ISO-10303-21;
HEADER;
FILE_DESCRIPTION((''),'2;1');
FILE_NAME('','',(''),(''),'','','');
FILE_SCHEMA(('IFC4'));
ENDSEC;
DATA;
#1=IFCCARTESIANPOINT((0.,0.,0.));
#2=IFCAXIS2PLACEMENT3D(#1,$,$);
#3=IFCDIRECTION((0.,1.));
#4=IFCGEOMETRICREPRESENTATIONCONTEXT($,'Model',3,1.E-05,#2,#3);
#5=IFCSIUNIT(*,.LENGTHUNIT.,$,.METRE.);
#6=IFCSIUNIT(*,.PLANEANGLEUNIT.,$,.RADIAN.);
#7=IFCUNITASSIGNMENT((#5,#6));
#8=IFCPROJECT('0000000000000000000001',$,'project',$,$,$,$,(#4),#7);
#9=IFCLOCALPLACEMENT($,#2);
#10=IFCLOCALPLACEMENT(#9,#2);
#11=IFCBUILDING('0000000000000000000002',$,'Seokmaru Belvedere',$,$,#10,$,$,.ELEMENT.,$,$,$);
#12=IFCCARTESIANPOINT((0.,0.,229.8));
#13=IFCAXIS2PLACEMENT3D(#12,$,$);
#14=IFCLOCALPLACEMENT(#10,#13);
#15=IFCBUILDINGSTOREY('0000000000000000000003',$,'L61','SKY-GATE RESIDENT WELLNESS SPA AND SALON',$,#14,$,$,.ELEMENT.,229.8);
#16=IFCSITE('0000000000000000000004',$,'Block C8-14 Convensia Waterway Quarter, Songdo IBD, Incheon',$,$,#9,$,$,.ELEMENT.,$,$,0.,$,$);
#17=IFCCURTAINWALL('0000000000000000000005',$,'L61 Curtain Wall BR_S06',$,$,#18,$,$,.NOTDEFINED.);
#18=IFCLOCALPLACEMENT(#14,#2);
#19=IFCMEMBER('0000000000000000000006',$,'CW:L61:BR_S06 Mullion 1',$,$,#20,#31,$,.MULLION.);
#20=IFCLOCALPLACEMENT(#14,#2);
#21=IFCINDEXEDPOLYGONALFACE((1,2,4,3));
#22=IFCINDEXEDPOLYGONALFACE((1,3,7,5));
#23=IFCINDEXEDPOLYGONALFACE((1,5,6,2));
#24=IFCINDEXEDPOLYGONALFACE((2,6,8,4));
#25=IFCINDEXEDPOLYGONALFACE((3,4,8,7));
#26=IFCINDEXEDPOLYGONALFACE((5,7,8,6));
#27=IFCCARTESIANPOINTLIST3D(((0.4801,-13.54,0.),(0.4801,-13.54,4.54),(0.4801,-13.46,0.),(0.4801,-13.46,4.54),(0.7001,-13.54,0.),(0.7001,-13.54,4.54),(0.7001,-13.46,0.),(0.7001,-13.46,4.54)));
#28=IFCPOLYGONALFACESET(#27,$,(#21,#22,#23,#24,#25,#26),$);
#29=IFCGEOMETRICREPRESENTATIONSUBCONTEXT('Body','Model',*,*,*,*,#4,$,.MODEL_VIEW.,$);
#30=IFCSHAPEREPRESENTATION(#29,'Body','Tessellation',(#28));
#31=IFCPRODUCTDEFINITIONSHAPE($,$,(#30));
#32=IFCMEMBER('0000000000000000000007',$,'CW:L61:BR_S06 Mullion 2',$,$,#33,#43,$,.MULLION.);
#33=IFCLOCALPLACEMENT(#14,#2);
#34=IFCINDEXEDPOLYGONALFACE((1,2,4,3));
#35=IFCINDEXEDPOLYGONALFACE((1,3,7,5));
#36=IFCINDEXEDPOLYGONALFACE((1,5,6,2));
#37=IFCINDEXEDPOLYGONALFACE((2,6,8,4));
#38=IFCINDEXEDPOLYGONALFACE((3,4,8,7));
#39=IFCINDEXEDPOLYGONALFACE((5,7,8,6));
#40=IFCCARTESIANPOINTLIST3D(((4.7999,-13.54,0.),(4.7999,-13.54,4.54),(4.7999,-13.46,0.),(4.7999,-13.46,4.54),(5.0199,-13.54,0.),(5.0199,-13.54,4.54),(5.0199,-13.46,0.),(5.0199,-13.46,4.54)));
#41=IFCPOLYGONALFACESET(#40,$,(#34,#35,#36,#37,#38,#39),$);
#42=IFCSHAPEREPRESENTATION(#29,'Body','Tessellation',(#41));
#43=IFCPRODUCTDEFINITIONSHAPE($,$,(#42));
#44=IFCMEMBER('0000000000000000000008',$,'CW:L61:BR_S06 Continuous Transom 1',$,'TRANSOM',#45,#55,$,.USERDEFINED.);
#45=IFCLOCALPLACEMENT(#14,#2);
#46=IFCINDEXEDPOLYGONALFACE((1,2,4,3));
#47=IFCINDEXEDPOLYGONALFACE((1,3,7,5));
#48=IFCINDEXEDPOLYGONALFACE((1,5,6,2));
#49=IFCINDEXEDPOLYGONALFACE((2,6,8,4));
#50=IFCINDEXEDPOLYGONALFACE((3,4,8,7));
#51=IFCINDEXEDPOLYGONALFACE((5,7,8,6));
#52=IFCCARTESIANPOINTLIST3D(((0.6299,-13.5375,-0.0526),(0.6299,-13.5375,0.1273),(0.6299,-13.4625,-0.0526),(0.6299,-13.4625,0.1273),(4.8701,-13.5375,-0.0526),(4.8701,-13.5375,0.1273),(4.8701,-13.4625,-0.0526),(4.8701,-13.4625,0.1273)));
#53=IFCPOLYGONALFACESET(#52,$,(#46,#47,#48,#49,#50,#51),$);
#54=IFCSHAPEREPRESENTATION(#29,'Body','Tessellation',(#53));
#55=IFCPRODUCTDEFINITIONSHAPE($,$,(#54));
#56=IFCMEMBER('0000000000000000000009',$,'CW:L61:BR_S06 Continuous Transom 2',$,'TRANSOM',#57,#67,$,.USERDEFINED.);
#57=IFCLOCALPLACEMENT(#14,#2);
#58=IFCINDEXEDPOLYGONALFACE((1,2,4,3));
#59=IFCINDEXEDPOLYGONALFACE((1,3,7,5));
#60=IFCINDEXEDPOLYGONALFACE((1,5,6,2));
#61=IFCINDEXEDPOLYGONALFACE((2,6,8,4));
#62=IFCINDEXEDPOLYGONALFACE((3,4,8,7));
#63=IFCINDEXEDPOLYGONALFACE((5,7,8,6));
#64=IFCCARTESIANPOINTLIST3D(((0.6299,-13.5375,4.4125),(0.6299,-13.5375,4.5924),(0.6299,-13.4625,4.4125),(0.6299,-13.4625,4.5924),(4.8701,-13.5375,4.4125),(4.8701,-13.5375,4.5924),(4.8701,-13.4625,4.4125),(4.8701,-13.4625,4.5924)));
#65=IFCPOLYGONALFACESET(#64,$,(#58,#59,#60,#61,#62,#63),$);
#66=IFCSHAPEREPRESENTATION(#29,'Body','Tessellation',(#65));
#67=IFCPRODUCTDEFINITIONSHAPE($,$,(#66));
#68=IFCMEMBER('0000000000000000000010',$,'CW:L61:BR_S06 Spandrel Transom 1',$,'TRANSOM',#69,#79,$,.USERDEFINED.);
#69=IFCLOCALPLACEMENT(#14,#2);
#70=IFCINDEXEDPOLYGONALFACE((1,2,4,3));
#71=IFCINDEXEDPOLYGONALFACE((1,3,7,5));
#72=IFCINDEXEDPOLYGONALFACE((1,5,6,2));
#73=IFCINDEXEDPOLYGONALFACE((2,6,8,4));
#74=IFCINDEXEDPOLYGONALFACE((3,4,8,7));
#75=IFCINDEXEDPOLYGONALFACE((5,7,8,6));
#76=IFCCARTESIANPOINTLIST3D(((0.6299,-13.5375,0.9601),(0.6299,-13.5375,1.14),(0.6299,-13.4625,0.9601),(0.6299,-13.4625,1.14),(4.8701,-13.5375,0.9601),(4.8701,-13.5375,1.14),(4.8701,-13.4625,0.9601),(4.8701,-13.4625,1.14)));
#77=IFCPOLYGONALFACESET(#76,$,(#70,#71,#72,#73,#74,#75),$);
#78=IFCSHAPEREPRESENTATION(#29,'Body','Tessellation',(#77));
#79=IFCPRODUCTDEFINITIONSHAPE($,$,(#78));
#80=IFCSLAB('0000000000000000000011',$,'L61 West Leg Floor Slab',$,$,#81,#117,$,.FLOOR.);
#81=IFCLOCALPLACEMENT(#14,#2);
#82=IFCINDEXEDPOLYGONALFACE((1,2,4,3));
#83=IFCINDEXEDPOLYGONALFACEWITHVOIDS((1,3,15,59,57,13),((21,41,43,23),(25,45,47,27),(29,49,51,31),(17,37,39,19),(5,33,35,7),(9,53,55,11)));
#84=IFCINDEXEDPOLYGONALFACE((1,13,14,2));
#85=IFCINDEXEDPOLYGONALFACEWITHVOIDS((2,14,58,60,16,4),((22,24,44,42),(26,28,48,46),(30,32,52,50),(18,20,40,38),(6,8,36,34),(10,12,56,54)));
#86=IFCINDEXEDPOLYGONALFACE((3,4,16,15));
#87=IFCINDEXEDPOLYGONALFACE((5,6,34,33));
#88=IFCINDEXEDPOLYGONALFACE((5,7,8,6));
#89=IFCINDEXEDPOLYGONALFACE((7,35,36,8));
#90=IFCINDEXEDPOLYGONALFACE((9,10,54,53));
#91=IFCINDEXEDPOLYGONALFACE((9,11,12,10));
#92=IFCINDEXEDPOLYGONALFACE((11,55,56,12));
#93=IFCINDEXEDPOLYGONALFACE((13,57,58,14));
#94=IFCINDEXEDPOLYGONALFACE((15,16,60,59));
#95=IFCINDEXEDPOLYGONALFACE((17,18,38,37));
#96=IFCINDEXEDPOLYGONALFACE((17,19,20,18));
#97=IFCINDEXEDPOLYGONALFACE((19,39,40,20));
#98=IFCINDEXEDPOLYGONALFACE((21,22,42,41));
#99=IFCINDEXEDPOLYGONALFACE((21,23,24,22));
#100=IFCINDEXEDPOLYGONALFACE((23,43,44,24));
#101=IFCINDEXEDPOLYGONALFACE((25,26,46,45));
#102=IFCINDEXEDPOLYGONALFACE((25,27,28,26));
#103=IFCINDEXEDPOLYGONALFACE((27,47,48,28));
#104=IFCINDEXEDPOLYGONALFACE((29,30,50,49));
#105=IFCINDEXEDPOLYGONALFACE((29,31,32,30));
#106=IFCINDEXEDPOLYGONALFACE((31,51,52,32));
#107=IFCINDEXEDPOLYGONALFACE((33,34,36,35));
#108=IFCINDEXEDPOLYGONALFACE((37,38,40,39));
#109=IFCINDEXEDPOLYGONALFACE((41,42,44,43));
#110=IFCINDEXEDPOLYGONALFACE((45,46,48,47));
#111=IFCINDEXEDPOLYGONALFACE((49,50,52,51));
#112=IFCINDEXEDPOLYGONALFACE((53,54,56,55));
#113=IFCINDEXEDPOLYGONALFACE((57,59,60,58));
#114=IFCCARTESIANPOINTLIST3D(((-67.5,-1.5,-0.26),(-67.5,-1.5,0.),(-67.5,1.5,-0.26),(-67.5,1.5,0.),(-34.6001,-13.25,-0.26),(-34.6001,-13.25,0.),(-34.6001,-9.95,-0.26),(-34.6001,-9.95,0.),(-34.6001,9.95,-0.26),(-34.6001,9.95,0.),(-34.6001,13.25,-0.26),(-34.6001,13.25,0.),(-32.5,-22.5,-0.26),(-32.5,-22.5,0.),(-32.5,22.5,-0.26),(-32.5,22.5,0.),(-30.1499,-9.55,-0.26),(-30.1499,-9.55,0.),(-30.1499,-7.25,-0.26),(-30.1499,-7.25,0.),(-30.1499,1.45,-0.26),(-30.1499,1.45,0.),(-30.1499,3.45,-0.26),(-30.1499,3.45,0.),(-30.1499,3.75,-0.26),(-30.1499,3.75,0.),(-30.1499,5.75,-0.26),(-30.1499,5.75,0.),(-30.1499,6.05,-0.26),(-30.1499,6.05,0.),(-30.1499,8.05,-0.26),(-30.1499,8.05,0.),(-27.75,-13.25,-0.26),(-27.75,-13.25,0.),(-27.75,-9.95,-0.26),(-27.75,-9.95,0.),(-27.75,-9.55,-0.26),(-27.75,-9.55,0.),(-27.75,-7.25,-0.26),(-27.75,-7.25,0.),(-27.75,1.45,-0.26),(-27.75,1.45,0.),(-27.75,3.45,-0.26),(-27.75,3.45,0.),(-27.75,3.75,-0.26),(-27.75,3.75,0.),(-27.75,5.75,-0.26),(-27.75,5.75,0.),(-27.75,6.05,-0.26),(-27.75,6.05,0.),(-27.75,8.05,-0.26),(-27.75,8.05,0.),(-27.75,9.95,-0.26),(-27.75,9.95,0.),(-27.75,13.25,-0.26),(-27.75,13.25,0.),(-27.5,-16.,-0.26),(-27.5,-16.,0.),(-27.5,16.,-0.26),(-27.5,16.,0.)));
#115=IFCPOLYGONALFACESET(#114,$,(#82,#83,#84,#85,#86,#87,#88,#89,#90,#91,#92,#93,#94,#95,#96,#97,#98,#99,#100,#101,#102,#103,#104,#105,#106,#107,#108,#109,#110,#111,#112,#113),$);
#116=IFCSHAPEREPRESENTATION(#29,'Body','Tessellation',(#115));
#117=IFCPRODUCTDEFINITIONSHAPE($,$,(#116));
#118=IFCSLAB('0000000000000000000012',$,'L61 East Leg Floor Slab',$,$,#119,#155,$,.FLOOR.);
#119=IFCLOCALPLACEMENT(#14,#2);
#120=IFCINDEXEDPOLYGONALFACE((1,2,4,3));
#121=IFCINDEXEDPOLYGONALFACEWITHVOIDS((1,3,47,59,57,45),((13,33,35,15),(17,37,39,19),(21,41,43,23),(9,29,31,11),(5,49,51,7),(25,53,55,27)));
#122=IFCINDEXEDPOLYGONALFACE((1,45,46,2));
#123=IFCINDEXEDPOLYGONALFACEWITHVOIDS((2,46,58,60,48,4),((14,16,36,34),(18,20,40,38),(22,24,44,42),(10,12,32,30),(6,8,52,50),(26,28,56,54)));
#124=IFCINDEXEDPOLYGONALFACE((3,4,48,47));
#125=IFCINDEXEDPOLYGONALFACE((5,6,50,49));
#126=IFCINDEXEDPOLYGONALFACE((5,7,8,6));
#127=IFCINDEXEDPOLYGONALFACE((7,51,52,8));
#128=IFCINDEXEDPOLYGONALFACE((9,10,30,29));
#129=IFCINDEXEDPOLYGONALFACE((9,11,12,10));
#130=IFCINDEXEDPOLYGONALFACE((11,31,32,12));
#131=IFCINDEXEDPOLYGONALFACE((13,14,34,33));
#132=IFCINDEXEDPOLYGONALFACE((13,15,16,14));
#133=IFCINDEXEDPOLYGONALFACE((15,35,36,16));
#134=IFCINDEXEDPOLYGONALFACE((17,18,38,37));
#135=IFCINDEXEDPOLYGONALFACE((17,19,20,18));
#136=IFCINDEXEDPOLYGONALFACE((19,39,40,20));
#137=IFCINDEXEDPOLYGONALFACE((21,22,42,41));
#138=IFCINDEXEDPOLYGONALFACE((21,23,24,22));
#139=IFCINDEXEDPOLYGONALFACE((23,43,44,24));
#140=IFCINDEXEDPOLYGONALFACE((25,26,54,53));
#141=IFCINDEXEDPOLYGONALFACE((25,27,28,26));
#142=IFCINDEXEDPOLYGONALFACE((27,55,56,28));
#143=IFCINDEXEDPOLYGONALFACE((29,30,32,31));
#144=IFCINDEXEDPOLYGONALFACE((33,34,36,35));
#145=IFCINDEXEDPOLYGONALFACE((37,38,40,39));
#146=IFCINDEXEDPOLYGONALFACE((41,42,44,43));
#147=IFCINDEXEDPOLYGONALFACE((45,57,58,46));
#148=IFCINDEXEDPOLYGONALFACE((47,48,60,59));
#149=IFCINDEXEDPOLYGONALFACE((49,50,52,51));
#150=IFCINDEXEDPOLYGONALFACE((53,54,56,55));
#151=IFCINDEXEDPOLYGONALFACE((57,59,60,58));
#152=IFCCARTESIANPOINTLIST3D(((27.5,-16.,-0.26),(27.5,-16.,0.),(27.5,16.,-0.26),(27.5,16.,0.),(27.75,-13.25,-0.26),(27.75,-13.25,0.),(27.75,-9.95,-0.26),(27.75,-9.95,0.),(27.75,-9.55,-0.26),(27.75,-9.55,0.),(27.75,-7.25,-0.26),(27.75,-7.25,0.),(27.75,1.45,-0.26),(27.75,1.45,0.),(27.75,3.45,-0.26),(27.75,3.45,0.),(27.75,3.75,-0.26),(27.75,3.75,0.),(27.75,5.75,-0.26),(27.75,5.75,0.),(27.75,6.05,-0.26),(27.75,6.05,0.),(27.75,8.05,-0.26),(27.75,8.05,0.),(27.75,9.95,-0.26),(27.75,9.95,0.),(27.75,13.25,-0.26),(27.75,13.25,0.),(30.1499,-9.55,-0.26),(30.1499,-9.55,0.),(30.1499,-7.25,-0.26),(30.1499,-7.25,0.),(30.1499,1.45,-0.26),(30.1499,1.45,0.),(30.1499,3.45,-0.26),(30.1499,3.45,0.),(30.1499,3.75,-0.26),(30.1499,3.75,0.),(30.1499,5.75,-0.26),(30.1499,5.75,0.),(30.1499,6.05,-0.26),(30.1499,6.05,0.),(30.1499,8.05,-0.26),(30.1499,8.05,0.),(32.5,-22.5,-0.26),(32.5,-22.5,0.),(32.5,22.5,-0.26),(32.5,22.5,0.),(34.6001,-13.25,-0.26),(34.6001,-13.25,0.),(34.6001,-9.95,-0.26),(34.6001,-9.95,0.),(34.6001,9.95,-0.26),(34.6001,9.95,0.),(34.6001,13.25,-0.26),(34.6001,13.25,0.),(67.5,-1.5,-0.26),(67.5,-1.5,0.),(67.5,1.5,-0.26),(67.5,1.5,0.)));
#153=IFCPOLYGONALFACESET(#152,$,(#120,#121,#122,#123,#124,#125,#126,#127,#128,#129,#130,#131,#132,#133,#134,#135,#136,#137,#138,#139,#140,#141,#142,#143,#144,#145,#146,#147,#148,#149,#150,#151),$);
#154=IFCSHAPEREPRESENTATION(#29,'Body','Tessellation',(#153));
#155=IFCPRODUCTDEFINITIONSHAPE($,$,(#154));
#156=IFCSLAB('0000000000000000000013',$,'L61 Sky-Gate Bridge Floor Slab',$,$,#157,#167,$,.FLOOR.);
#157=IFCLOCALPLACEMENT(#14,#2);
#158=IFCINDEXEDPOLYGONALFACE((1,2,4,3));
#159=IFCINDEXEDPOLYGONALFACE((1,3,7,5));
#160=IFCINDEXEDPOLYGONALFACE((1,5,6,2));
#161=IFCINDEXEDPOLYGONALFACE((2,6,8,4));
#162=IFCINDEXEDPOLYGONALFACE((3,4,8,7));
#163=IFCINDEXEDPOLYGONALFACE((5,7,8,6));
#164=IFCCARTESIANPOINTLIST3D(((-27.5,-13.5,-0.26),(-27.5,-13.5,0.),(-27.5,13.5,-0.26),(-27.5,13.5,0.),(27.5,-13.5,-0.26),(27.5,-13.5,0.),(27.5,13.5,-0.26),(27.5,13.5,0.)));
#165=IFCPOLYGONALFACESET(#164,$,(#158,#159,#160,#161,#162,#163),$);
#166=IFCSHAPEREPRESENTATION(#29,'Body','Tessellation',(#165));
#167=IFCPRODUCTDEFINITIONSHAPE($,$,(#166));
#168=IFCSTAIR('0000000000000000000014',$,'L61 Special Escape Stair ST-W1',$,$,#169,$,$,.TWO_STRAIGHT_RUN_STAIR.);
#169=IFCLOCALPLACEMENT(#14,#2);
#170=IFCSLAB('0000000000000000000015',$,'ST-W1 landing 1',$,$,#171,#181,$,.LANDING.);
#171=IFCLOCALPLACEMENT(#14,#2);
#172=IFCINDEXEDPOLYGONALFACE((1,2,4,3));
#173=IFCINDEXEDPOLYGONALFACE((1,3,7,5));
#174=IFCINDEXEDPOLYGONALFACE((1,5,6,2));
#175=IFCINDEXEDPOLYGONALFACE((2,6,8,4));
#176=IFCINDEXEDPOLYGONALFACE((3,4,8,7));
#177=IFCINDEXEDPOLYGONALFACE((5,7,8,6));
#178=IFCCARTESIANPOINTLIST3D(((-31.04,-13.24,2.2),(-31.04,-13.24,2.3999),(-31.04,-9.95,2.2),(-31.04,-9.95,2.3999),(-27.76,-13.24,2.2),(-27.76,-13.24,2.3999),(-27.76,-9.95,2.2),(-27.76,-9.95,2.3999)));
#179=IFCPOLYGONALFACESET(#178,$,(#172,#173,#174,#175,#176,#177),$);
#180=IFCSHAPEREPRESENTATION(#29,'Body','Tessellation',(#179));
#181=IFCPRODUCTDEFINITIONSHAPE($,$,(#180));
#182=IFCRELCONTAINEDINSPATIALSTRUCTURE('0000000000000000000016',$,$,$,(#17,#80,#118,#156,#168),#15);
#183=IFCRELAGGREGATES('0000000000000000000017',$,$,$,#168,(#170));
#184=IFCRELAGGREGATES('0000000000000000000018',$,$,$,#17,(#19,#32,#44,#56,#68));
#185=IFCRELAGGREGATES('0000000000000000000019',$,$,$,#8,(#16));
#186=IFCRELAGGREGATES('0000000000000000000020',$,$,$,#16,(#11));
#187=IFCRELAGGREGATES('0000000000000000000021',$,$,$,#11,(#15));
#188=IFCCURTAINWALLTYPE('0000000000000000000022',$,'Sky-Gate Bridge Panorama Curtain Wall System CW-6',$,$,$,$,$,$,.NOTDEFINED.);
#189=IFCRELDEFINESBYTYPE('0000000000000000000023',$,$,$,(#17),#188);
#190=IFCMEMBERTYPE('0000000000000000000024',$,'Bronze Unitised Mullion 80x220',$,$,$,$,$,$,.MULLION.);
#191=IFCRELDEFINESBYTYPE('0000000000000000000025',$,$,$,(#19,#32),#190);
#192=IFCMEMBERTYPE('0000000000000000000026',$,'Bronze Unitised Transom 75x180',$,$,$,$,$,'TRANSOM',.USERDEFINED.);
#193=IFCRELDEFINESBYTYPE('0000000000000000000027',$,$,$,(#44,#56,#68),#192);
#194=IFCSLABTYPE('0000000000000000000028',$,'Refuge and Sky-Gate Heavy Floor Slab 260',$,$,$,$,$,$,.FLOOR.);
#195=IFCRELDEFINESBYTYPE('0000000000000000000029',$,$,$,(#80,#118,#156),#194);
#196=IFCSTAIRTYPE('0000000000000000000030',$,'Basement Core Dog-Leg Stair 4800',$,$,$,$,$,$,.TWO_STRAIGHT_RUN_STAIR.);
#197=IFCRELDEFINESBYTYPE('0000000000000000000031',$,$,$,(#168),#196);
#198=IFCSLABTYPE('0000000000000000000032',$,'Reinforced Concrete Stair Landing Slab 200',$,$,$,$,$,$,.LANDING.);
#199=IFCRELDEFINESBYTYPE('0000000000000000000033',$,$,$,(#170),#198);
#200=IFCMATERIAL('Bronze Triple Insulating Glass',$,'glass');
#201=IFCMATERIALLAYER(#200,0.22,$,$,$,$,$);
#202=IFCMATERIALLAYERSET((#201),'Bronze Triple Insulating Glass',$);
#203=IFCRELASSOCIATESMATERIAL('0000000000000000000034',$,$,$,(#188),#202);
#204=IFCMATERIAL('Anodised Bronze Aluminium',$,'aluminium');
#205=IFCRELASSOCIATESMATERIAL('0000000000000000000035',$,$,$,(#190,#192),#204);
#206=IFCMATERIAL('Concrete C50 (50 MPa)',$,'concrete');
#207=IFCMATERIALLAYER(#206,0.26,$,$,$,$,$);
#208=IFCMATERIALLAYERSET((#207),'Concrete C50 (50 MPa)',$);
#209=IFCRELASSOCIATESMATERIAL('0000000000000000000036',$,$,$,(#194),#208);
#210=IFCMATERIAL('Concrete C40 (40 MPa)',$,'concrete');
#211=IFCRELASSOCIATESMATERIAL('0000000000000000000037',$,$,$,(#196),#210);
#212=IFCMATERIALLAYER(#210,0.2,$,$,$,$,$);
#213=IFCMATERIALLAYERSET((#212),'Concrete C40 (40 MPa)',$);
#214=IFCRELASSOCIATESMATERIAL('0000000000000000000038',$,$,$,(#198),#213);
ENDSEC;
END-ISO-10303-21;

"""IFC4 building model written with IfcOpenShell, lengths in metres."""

from ifc_helpers import new_model, si_unit, direction, frame, origin, origin_2d, place, context, subcontext, project, spatial, polyline, rectangle, outline, extrude, source, transform, mapped, material, layer, layer_set, material_profile, profile_set, type_object, type_shapes, element, aggregate, save


model = new_model("IFC4")

# Units and contexts
model_context = context("Model", 3, precision=1e-05, world=origin(), true_north=direction((0.0, 1.0)))
body_context = subcontext(model_context, "Body", "Model", "MODEL_VIEW")
ifc_project = project(units=[si_unit("LENGTHUNIT", "METRE"), si_unit("PLANEANGLEUNIT", "RADIAN")], contexts=[model_context])

# Site, building, storey
site_placement = place(None, origin())
site = spatial("IfcSite", under=ifc_project, at=site_placement, Name="Block C8-14 Convensia Waterway Quarter, Songdo IBD, Incheon", CompositionType="ELEMENT", RefElevation=0.0)
building_placement = place(site_placement, origin())
building = spatial("IfcBuilding", under=site, at=building_placement, Name="Seokmaru Belvedere", CompositionType="ELEMENT")
storey_placement = place(building_placement, frame((0.0, 0.0, 229.8)))
storey = spatial("IfcBuildingStorey", under=building, at=storey_placement, Name="L61", Description="SKY-GATE RESIDENT WELLNESS SPA AND SALON", CompositionType="ELEMENT", Elevation=229.8)

# Curtain wall, members
ifc_material_1 = material(Name="Bronze Triple Insulating Glass", Category="glass")
ifc_layer_1 = layer(ifc_material_1, 0.22)
ifc_layer_set_1 = layer_set([ifc_layer_1], Name="Bronze Triple Insulating Glass")
curtain_wall_type = type_object("IfcCurtainWallType", Name="Sky-Gate Bridge Panorama Curtain Wall System CW-6", PredefinedType="NOTDEFINED", material=ifc_layer_set_1)
curtain_wall_placement = place(storey_placement, origin())
curtain_wall = element("IfcCurtainWall", 1, at=curtain_wall_placement, inside=storey, type_object=curtain_wall_type, Name="L61 Curtain Wall BR_S06", PredefinedType="NOTDEFINED")
ifc_material_2 = material(Name="Anodised Bronze Aluminium", Category="aluminium")
ifc_material_profile_1 = material_profile(ifc_material_2, rectangle(XDim=0.0801, YDim=0.22, at=origin_2d()), Name="CW-M-80x220")
ifc_profile_set_1 = profile_set([ifc_material_profile_1], Name="Anodised Bronze Aluminium")
member_type_1 = type_object("IfcMemberType", Name="Bronze Unitised Mullion 80x220", PredefinedType="MULLION", material=ifc_profile_set_1)
shared_shape_1 = source(origin(), body_context, "Body", "SweptSolid", [
    extrude(rectangle(XDim=0.0801, YDim=0.22, at=origin_2d()), origin(), (0.0, 0.0, 1.0), 4.54),
])
type_shapes(member_type_1, [shared_shape_1])
member_1_placement = place(storey_placement, frame((0.5901, -13.5, 0.0), z_axis=(0.0, 0.0, 1.0), x_axis=(0.0, 1.0, 0.0)))
member_1 = element("IfcMember", 2, at=member_1_placement, type_object=member_type_1, Name="CW:L61:BR_S06 Mullion 1", PredefinedType="MULLION", context=body_context, shape_type="MappedRepresentation", body=[
    mapped(shared_shape_1, transform((0.0, 0.0, 0.0), scale=1.0)),
])
member_2_placement = place(storey_placement, frame((4.9099, -13.5, 0.0), z_axis=(0.0, 0.0, 1.0), x_axis=(0.0, 1.0, 0.0)))
member_2 = element("IfcMember", 3, at=member_2_placement, type_object=member_type_1, Name="CW:L61:BR_S06 Mullion 2", PredefinedType="MULLION", context=body_context, shape_type="MappedRepresentation", body=[
    mapped(shared_shape_1, transform((0.0, 0.0, 0.0), scale=1.0)),
])
ifc_material_profile_2 = material_profile(ifc_material_2, rectangle(XDim=0.075, YDim=0.1799, at=origin_2d()), Name="CW-T-75x180")
ifc_profile_set_2 = profile_set([ifc_material_profile_2], Name="Anodised Bronze Aluminium")
member_type_2 = type_object("IfcMemberType", Name="Bronze Unitised Transom 75x180", ElementType="TRANSOM", PredefinedType="USERDEFINED", material=ifc_profile_set_2)
shared_shape_2 = source(origin(), body_context, "Body", "SweptSolid", [
    extrude(rectangle(XDim=0.075, YDim=0.1799, at=origin_2d()), origin(), (0.0, 0.0, 1.0), 4.2402),
])
type_shapes(member_type_2, [shared_shape_2])
member_3_placement = place(storey_placement, frame((0.6299, -13.5, 0.0374), z_axis=(1.0, 0.0, 0.0), x_axis=(0.0, 1.0, 0.0)))
member_3 = element("IfcMember", 4, at=member_3_placement, type_object=member_type_2, Name="CW:L61:BR_S06 Continuous Transom 1", ObjectType="TRANSOM", PredefinedType="USERDEFINED", context=body_context, shape_type="MappedRepresentation", body=[
    mapped(shared_shape_2, transform((0.0, 0.0, 0.0), scale=1.0)),
])
member_4_placement = place(storey_placement, frame((0.6299, -13.5, 4.5024), z_axis=(1.0, 0.0, 0.0), x_axis=(0.0, 1.0, 0.0)))
member_4 = element("IfcMember", 5, at=member_4_placement, type_object=member_type_2, Name="CW:L61:BR_S06 Continuous Transom 2", ObjectType="TRANSOM", PredefinedType="USERDEFINED", context=body_context, shape_type="MappedRepresentation", body=[
    mapped(shared_shape_2, transform((0.0, 0.0, 0.0), scale=1.0)),
])
member_5_placement = place(storey_placement, frame((0.6299, -13.5, 1.05), z_axis=(1.0, 0.0, 0.0), x_axis=(0.0, 1.0, 0.0)))
member_5 = element("IfcMember", 6, at=member_5_placement, type_object=member_type_2, Name="CW:L61:BR_S06 Spandrel Transom 1", ObjectType="TRANSOM", PredefinedType="USERDEFINED", context=body_context, shape_type="MappedRepresentation", body=[
    mapped(shared_shape_2, transform((0.0, 0.0, 0.0), scale=1.0)),
])

# Slabs
ifc_material_3 = material(Name="Concrete C50 (50 MPa)", Category="concrete")
ifc_layer_2 = layer(ifc_material_3, 0.26)
ifc_layer_set_2 = layer_set([ifc_layer_2], Name="Concrete C50 (50 MPa)")
slab_type_1 = type_object("IfcSlabType", Name="Refuge and Sky-Gate Heavy Floor Slab 260", PredefinedType="FLOOR", material=ifc_layer_set_2)
slab_1_placement = place(storey_placement, frame((0.0, 0.0, -0.26)))
element("IfcSlab", 7, at=slab_1_placement, inside=storey, type_object=slab_type_1, Name="L61 West Leg Floor Slab", PredefinedType="FLOOR", context=body_context, shape_type="SweptSolid", body=[
    extrude(outline(polyline([(-27.5, -16.0), (-27.5, 16.0), (-32.5, 22.5), (-67.5, 1.5), (-67.5, -1.5), (-32.5, -22.5), (-27.5, -16.0)]), holes=[polyline([(-34.6001, -13.25), (-27.75, -13.25), (-27.75, -9.95), (-34.6001, -9.95), (-34.6001, -13.25)]), polyline([(-34.6001, 9.95), (-27.75, 9.95), (-27.75, 13.25), (-34.6001, 13.25), (-34.6001, 9.95)]), polyline([(-30.1499, -9.55), (-27.75, -9.55), (-27.75, -7.25), (-30.1499, -7.25), (-30.1499, -9.55)]), polyline([(-30.1499, 1.45), (-27.75, 1.45), (-27.75, 3.45), (-30.1499, 3.45), (-30.1499, 1.45)]), polyline([(-30.1499, 3.75), (-27.75, 3.75), (-27.75, 5.75), (-30.1499, 5.75), (-30.1499, 3.75)]), polyline([(-30.1499, 6.05), (-27.75, 6.05), (-27.75, 8.05), (-30.1499, 8.05), (-30.1499, 6.05)])]), origin(), (0.0, 0.0, 1.0), 0.26),
])
slab_2_placement = place(storey_placement, frame((0.0, 0.0, -0.26)))
element("IfcSlab", 8, at=slab_2_placement, inside=storey, type_object=slab_type_1, Name="L61 East Leg Floor Slab", PredefinedType="FLOOR", context=body_context, shape_type="SweptSolid", body=[
    extrude(outline(polyline([(32.5, -22.5), (67.5, -1.5), (67.5, 1.5), (32.5, 22.5), (27.5, 16.0), (27.5, -16.0), (32.5, -22.5)]), holes=[polyline([(27.75, -13.25), (34.6001, -13.25), (34.6001, -9.95), (27.75, -9.95), (27.75, -13.25)]), polyline([(27.75, 9.95), (34.6001, 9.95), (34.6001, 13.25), (27.75, 13.25), (27.75, 9.95)]), polyline([(27.75, -9.55), (30.1499, -9.55), (30.1499, -7.25), (27.75, -7.25), (27.75, -9.55)]), polyline([(27.75, 1.45), (30.1499, 1.45), (30.1499, 3.45), (27.75, 3.45), (27.75, 1.45)]), polyline([(27.75, 3.75), (30.1499, 3.75), (30.1499, 5.75), (27.75, 5.75), (27.75, 3.75)]), polyline([(27.75, 6.05), (30.1499, 6.05), (30.1499, 8.05), (27.75, 8.05), (27.75, 6.05)])]), origin(), (0.0, 0.0, 1.0), 0.26),
])
slab_3_placement = place(storey_placement, frame((0.0, 0.0, -0.26)))
element("IfcSlab", 9, at=slab_3_placement, inside=storey, type_object=slab_type_1, Name="L61 Sky-Gate Bridge Floor Slab", PredefinedType="FLOOR", context=body_context, shape_type="SweptSolid", body=[
    extrude(outline(polyline([(-27.5, -13.5), (27.5, -13.5), (27.5, 13.5), (-27.5, 13.5), (-27.5, -13.5)])), origin(), (0.0, 0.0, 1.0), 0.26),
])

# Stair, slab
ifc_material_4 = material(Name="Concrete C40 (40 MPa)", Category="concrete")
stair_type = type_object("IfcStairType", Name="Basement Core Dog-Leg Stair 4800", PredefinedType="TWO_STRAIGHT_RUN_STAIR", material=ifc_material_4)
stair_placement = place(storey_placement, origin())
stair = element("IfcStair", 10, at=stair_placement, inside=storey, type_object=stair_type, Name="L61 Special Escape Stair ST-W1", PredefinedType="TWO_STRAIGHT_RUN_STAIR")
ifc_layer_3 = layer(ifc_material_4, 0.2)
ifc_layer_set_3 = layer_set([ifc_layer_3], Name="Concrete C40 (40 MPa)")
slab_type_2 = type_object("IfcSlabType", Name="Reinforced Concrete Stair Landing Slab 200", PredefinedType="LANDING", material=ifc_layer_set_3)
slab_4_placement = place(storey_placement, frame((0.0, 0.0, 2.2)))
slab_4 = element("IfcSlab", 11, at=slab_4_placement, type_object=slab_type_2, Name="ST-W1 landing 1", PredefinedType="LANDING", context=body_context, shape_type="SweptSolid", body=[
    extrude(outline(polyline([(-31.04, -13.24), (-27.76, -13.24), (-27.76, -9.95), (-31.04, -9.95), (-31.04, -13.24)])), origin(), (0.0, 0.0, 1.0), 0.2),
])
aggregate(stair, [slab_4])

aggregate(curtain_wall, [member_1, member_2, member_3, member_4, member_5])

save(model, "model.ifc")
